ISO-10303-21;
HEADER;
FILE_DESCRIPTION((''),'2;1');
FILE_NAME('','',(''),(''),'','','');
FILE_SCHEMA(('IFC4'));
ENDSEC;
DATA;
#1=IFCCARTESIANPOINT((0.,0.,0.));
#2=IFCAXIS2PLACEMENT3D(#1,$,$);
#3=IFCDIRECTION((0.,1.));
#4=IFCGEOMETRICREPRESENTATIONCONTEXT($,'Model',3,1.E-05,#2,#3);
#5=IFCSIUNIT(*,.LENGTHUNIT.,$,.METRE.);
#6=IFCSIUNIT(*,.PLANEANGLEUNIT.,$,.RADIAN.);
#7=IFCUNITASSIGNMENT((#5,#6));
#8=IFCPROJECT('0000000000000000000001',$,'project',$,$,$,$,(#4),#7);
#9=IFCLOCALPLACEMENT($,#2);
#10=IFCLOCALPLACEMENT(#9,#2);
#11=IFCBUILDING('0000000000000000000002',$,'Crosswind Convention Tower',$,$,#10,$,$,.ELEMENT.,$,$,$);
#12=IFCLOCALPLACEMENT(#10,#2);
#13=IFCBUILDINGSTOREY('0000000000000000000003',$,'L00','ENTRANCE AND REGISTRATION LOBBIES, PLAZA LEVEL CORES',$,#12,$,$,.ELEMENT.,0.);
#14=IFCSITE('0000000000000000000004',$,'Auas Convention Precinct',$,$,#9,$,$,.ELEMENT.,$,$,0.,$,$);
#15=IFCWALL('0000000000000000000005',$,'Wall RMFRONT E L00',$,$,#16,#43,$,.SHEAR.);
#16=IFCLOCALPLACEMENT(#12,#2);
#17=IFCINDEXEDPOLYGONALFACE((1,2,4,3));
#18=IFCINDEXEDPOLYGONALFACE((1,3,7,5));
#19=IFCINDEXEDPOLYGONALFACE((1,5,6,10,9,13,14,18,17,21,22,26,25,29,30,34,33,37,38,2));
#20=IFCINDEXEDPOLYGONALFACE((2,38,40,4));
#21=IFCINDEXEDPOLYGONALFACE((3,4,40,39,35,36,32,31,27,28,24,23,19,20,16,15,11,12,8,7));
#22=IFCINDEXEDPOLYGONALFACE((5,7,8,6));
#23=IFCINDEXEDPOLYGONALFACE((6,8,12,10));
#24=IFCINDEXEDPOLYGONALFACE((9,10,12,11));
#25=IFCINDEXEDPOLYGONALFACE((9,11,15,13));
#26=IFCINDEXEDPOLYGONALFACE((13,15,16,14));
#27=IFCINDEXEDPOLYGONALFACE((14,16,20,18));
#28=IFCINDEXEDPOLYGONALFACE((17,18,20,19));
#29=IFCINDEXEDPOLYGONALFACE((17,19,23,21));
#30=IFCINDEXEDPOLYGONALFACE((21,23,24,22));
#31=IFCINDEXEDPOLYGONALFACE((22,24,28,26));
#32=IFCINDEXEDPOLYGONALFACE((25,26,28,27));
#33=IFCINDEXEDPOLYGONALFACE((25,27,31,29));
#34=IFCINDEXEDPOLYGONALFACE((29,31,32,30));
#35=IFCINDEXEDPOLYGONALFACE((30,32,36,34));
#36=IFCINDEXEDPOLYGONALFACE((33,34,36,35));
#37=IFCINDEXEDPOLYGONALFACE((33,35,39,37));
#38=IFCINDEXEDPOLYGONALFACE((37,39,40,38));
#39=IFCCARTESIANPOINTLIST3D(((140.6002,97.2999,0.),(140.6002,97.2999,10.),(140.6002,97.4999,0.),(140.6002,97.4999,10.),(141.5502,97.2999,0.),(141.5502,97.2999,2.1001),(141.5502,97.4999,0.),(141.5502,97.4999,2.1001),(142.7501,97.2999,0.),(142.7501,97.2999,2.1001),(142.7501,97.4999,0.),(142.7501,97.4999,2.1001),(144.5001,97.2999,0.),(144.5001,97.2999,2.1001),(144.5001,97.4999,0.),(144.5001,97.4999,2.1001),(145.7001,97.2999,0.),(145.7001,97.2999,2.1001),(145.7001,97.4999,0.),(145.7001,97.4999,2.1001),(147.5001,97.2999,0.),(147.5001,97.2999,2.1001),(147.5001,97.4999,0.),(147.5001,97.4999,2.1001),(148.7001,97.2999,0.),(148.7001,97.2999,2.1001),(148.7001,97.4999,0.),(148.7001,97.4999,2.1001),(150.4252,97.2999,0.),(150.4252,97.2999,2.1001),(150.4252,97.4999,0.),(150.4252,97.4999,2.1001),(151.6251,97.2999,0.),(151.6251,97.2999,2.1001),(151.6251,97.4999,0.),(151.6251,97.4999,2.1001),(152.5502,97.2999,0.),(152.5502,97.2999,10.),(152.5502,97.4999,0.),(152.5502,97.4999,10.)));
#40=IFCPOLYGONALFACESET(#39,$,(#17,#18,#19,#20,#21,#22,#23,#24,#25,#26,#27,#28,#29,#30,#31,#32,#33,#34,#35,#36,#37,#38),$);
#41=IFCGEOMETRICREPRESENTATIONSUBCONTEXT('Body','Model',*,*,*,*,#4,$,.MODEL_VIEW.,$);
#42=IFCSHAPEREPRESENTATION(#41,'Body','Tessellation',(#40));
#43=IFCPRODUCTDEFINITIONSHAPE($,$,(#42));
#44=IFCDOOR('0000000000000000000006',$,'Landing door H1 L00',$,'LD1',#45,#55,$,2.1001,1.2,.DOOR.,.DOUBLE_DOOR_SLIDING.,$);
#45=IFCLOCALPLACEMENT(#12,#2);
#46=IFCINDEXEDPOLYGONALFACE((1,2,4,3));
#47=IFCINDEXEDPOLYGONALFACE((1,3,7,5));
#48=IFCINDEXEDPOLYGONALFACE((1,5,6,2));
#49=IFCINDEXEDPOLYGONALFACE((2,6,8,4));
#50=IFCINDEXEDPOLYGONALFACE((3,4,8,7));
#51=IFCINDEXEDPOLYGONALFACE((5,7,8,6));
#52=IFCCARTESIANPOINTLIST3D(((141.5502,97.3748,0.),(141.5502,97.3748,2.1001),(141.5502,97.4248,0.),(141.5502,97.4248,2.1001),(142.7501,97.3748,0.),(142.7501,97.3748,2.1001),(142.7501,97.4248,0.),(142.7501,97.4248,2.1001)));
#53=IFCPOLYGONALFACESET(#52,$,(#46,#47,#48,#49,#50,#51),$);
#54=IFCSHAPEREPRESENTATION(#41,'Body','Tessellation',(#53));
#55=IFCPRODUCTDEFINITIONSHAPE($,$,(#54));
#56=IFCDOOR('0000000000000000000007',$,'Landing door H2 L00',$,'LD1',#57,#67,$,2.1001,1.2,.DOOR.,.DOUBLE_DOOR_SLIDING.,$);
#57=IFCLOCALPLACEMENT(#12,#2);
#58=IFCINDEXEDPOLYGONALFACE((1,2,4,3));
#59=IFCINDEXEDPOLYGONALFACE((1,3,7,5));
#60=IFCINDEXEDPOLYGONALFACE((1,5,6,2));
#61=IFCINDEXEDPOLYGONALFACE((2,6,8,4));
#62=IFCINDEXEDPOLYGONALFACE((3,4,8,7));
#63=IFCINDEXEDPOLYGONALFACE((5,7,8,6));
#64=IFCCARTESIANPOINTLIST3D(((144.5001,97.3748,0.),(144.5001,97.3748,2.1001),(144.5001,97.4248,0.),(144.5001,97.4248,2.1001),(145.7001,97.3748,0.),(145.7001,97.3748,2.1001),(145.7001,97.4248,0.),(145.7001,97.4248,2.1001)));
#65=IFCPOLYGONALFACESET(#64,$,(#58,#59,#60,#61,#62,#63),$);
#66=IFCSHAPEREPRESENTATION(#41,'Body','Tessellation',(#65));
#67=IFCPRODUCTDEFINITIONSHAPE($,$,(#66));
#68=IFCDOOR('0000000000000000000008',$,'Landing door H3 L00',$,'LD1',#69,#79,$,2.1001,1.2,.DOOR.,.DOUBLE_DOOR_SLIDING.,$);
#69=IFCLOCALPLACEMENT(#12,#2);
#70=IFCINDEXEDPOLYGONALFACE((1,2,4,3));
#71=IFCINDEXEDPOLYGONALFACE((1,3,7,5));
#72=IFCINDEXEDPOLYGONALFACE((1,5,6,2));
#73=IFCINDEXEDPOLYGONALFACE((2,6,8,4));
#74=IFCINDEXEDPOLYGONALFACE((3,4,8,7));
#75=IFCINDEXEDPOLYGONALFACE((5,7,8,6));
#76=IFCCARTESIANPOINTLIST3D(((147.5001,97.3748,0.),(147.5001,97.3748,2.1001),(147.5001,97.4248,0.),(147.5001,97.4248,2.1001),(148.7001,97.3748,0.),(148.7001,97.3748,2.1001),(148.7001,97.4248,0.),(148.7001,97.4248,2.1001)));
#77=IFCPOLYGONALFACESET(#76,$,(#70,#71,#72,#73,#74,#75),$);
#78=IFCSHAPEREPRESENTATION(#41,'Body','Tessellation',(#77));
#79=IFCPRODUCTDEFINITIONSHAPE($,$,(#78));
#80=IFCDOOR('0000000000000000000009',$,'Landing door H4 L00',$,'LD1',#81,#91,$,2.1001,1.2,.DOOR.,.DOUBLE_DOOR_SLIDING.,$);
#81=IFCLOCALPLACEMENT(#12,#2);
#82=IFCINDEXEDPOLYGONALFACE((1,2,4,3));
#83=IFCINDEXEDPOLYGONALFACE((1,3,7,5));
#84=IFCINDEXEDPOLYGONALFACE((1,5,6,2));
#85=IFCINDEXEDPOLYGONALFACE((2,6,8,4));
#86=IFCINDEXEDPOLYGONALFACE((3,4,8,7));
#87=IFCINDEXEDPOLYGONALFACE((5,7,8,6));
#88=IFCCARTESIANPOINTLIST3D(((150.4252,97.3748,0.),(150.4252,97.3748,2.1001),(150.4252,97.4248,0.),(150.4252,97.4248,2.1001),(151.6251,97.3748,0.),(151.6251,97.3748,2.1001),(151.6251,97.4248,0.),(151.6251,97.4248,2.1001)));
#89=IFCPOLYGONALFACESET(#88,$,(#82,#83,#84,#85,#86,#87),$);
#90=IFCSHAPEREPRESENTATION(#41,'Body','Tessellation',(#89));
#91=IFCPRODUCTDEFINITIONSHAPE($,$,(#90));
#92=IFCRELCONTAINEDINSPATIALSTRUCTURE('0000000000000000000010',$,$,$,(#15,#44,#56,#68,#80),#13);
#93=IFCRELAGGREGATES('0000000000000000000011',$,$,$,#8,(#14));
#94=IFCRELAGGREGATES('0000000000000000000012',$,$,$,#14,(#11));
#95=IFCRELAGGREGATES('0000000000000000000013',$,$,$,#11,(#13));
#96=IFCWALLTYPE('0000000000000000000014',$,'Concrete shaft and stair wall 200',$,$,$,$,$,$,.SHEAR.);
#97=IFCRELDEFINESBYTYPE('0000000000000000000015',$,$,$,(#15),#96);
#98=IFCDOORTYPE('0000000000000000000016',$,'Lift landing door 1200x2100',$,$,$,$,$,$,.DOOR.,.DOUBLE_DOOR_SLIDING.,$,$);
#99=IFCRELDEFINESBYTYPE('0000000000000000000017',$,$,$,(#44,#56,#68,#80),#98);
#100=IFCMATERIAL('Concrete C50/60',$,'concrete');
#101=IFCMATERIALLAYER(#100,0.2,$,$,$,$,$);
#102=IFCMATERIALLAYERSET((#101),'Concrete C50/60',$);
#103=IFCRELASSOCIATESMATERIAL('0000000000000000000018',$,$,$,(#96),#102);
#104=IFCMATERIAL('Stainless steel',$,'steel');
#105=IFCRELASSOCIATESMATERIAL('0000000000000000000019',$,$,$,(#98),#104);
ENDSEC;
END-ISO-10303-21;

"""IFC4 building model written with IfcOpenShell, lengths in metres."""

from ifc_helpers import new_model, si_unit, direction, frame, frame_2d, origin, place, context, subcontext, project, spatial, rectangle, extrude, material, layer, layer_set, type_object, element, fill, save


model = new_model("IFC4")

# Units and contexts
model_context = context("Model", 3, precision=1e-05, world=origin(), true_north=direction((0.0, 1.0)))
body_context = subcontext(model_context, "Body", "Model", "MODEL_VIEW")
ifc_project = project(units=[si_unit("LENGTHUNIT", "METRE"), si_unit("PLANEANGLEUNIT", "RADIAN")], contexts=[model_context])

# Site, building, storey
site_placement = place(None, origin())
site = spatial("IfcSite", under=ifc_project, at=site_placement, Name="Auas Convention Precinct", CompositionType="ELEMENT", RefElevation=0.0)
building_placement = place(site_placement, origin())
building = spatial("IfcBuilding", under=site, at=building_placement, Name="Crosswind Convention Tower", CompositionType="ELEMENT")
storey_placement = place(building_placement, origin())
storey = spatial("IfcBuildingStorey", under=building, at=storey_placement, Name="L00", Description="ENTRANCE AND REGISTRATION LOBBIES, PLAZA LEVEL CORES", CompositionType="ELEMENT", Elevation=0.0)

# Shared definitions
ifc_material_1 = material(Name="Concrete C50/60", Category="concrete")
ifc_layer_1 = layer(ifc_material_1, 0.2)
ifc_layer_set_1 = layer_set([ifc_layer_1], Name="Concrete C50/60")
wall_type = type_object("IfcWallType", Name="Concrete shaft and stair wall 200", PredefinedType="SHEAR", material=ifc_layer_set_1)

# Wall, openings, doors
wall_1_placement = place(storey_placement, frame((140.6001, 97.3999, 0.0), z_axis=(0.0, 0.0, 1.0), x_axis=(1.0, 0.0, 0.0)))
wall_1 = element("IfcWall", 1, at=wall_1_placement, inside=storey, type_object=wall_type, Name="Wall RMFRONT E L00", PredefinedType="SHEAR", context=body_context, shape_type="SweptSolid", body=[
    extrude(rectangle(XDim=11.95, YDim=0.2, at=frame_2d((5.9751, 0.0))), origin(), (0.0, 0.0, 1.0), 10.0),
])
opening_1_placement = place(wall_1_placement, frame((0.95, 0.0, 0.0)))
opening_1 = element("IfcOpeningElement", 2, at=opening_1_placement, cuts=wall_1, PredefinedType="OPENING", context=body_context, shape_type="SweptSolid", body=[
    extrude(rectangle(XDim=1.2, YDim=2.1001, at=frame_2d((0.6001, 1.05))), frame((0.0, 0.1099, 0.0), z_axis=(0.0, -1.0, 0.0), x_axis=(1.0, 0.0, 0.0)), (0.0, 0.0, 1.0), 0.22),
])
opening_2_placement = place(wall_1_placement, frame((3.8999, 0.0, 0.0)))
opening_2 = element("IfcOpeningElement", 3, at=opening_2_placement, cuts=wall_1, PredefinedType="OPENING", context=body_context, shape_type="SweptSolid", body=[
    extrude(rectangle(XDim=1.2, YDim=2.1001, at=frame_2d((0.6001, 1.05))), frame((0.0, 0.1099, 0.0), z_axis=(0.0, -1.0, 0.0), x_axis=(1.0, 0.0, 0.0)), (0.0, 0.0, 1.0), 0.22),
])
opening_3_placement = place(wall_1_placement, frame((6.8999, 0.0, 0.0)))
opening_3 = element("IfcOpeningElement", 4, at=opening_3_placement, cuts=wall_1, PredefinedType="OPENING", context=body_context, shape_type="SweptSolid", body=[
    extrude(rectangle(XDim=1.2, YDim=2.1001, at=frame_2d((0.6001, 1.05))), frame((0.0, 0.1099, 0.0), z_axis=(0.0, -1.0, 0.0), x_axis=(1.0, 0.0, 0.0)), (0.0, 0.0, 1.0), 0.22),
])
opening_4_placement = place(wall_1_placement, frame((9.825, 0.0, 0.0)))
opening_4 = element("IfcOpeningElement", 5, at=opening_4_placement, cuts=wall_1, PredefinedType="OPENING", context=body_context, shape_type="SweptSolid", body=[
    extrude(rectangle(XDim=1.2, YDim=2.1001, at=frame_2d((0.6001, 1.05))), frame((0.0, 0.1099, 0.0), z_axis=(0.0, -1.0, 0.0), x_axis=(1.0, 0.0, 0.0)), (0.0, 0.0, 1.0), 0.22),
])
ifc_material_2 = material(Name="Stainless steel", Category="steel")
door_type_1 = type_object("IfcDoorType", Name="Lift landing door 1200x2100", OperationType="DOUBLE_DOOR_SLIDING", PredefinedType="DOOR", material=ifc_material_2)
door_1_placement = place(opening_1_placement, origin())
door_1 = element("IfcDoor", 6, at=door_1_placement, inside=storey, type_object=door_type_1, Name="Landing door H1 L00", ObjectType="LD1", OperationType="DOUBLE_DOOR_SLIDING", OverallHeight=2.1001, OverallWidth=1.2, PredefinedType="DOOR", context=body_context, shape_type="SweptSolid", body=[
    extrude(rectangle(XDim=1.2, YDim=2.1001, at=frame_2d((0.6001, 1.05))), frame((0.0, 0.0249, 0.0), z_axis=(0.0, -1.0, 0.0), x_axis=(1.0, 0.0, 0.0)), (0.0, 0.0, 1.0), 0.05),
])
fill(opening_1, door_1)
door_2_placement = place(opening_2_placement, origin())
door_2 = element("IfcDoor", 7, at=door_2_placement, inside=storey, type_object=door_type_1, Name="Landing door H2 L00", ObjectType="LD1", OperationType="DOUBLE_DOOR_SLIDING", OverallHeight=2.1001, OverallWidth=1.2, PredefinedType="DOOR", context=body_context, shape_type="SweptSolid", body=[
    extrude(rectangle(XDim=1.2, YDim=2.1001, at=frame_2d((0.6001, 1.05))), frame((0.0, 0.0249, 0.0), z_axis=(0.0, -1.0, 0.0), x_axis=(1.0, 0.0, 0.0)), (0.0, 0.0, 1.0), 0.05),
])
fill(opening_2, door_2)
door_3_placement = place(opening_3_placement, origin())
door_3 = element("IfcDoor", 8, at=door_3_placement, inside=storey, type_object=door_type_1, Name="Landing door H3 L00", ObjectType="LD1", OperationType="DOUBLE_DOOR_SLIDING", OverallHeight=2.1001, OverallWidth=1.2, PredefinedType="DOOR", context=body_context, shape_type="SweptSolid", body=[
    extrude(rectangle(XDim=1.2, YDim=2.1001, at=frame_2d((0.6001, 1.05))), frame((0.0, 0.0249, 0.0), z_axis=(0.0, -1.0, 0.0), x_axis=(1.0, 0.0, 0.0)), (0.0, 0.0, 1.0), 0.05),
])
fill(opening_3, door_3)
door_4_placement = place(opening_4_placement, origin())
door_4 = element("IfcDoor", 9, at=door_4_placement, inside=storey, type_object=door_type_1, Name="Landing door H4 L00", ObjectType="LD1", OperationType="DOUBLE_DOOR_SLIDING", OverallHeight=2.1001, OverallWidth=1.2, PredefinedType="DOOR", context=body_context, shape_type="SweptSolid", body=[
    extrude(rectangle(XDim=1.2, YDim=2.1001, at=frame_2d((0.6001, 1.05))), frame((0.0, 0.0249, 0.0), z_axis=(0.0, -1.0, 0.0), x_axis=(1.0, 0.0, 0.0)), (0.0, 0.0, 1.0), 0.05),
])
fill(opening_4, door_4)

save(model, "model.ifc")
